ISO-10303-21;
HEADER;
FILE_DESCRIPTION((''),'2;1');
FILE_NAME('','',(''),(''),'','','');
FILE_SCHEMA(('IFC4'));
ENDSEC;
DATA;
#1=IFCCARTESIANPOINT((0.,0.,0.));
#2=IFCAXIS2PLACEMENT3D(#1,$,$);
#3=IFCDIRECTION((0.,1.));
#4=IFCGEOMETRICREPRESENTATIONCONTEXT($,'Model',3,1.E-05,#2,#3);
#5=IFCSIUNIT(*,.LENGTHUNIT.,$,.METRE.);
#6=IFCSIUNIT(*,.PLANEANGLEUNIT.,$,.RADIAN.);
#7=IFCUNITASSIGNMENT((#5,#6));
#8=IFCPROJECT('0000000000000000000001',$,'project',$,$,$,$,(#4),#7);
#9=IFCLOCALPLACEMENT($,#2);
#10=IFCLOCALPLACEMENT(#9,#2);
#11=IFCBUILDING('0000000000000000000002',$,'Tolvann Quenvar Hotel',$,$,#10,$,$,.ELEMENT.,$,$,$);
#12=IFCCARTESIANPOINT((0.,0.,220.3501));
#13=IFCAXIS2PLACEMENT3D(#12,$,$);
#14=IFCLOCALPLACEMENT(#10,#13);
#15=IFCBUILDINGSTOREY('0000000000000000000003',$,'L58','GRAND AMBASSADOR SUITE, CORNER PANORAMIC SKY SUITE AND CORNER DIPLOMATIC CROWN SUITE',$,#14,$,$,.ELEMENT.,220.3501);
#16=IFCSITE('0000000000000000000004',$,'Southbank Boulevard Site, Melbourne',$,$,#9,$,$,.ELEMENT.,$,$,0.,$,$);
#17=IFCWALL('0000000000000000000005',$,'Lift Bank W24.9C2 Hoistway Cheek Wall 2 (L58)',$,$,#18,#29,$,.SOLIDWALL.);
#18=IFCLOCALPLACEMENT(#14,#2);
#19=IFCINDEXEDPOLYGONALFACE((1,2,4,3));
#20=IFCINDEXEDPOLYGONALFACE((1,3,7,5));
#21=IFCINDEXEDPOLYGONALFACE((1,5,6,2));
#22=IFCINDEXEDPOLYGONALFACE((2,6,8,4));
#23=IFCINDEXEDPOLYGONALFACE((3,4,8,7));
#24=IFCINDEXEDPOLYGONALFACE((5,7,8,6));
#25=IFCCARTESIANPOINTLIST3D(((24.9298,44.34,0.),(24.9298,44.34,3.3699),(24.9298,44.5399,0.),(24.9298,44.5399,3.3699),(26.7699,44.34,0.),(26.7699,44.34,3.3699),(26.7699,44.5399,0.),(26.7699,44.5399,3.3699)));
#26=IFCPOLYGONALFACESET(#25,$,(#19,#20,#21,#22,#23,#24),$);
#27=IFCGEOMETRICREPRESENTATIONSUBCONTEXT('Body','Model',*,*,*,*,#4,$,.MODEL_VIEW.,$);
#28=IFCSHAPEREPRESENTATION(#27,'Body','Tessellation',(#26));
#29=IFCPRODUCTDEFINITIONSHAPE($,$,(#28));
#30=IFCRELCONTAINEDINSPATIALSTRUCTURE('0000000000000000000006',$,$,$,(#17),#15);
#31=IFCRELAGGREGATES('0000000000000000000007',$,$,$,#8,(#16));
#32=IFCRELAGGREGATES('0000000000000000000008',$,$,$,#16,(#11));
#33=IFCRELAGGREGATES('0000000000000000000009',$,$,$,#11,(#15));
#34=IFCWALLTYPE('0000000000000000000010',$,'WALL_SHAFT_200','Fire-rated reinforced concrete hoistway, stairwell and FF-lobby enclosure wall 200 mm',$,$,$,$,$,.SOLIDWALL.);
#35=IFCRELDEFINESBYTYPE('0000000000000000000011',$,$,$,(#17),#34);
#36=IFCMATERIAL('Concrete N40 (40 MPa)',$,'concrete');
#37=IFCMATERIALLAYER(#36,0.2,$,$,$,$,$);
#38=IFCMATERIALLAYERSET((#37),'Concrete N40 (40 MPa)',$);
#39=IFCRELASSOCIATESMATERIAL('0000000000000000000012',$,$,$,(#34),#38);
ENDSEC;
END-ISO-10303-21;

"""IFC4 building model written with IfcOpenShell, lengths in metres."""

from ifc_helpers import new_model, si_unit, direction, frame, frame_2d, origin, place, context, subcontext, project, spatial, rectangle, extrude, material, layer, layer_set, type_object, element, save


model = new_model("IFC4")

# Units and contexts
model_context = context("Model", 3, precision=1e-05, world=origin(), true_north=direction((0.0, 1.0)))
body_context = subcontext(model_context, "Body", "Model", "MODEL_VIEW")
ifc_project = project(units=[si_unit("LENGTHUNIT", "METRE"), si_unit("PLANEANGLEUNIT", "RADIAN")], contexts=[model_context])

# Site, building, storey
site_placement = place(None, origin())
site = spatial("IfcSite", under=ifc_project, at=site_placement, Name="Southbank Boulevard Site, Melbourne", CompositionType="ELEMENT", RefElevation=0.0)
building_placement = place(site_placement, origin())
building = spatial("IfcBuilding", under=site, at=building_placement, Name="Tolvann Quenvar Hotel", CompositionType="ELEMENT")
storey_placement = place(building_placement, frame((0.0, 0.0, 220.3501)))
storey = spatial("IfcBuildingStorey", under=building, at=storey_placement, Name="L58", Description="GRAND AMBASSADOR SUITE, CORNER PANORAMIC SKY SUITE AND CORNER DIPLOMATIC CROWN SUITE", CompositionType="ELEMENT", Elevation=220.3501)

# Shared definitions
ifc_material_1 = material(Name="Concrete N40 (40 MPa)", Category="concrete")
ifc_layer_1 = layer(ifc_material_1, 0.2)
ifc_layer_set_1 = layer_set([ifc_layer_1], Name="Concrete N40 (40 MPa)")
wall_type_1 = type_object("IfcWallType", Name="WALL_SHAFT_200", Description="Fire-rated reinforced concrete hoistway, stairwell and FF-lobby enclosure wall 200 mm", PredefinedType="SOLIDWALL", material=ifc_layer_set_1)

# Wall
for number, where, z_axis, x_axis, name in (
    (1, (24.9299, 44.4399, 0.0), (0.0, 0.0, 1.0), (1.0, 0.0, 0.0), "Lift Bank W24.9C2 Hoistway Cheek Wall 2 (L58)"),
):
    element("IfcWall", number, at=place(storey_placement, frame(where, z_axis=z_axis, x_axis=x_axis)), inside=storey, type_object=wall_type_1, Name=name, PredefinedType="SOLIDWALL", context=body_context, shape_type="SweptSolid", body=[
        extrude(rectangle(XDim=1.8401, YDim=0.2, at=frame_2d((0.9199, 0.0))), origin(), (0.0, 0.0, 1.0), 3.3699),
    ])

save(model, "model.ifc")
